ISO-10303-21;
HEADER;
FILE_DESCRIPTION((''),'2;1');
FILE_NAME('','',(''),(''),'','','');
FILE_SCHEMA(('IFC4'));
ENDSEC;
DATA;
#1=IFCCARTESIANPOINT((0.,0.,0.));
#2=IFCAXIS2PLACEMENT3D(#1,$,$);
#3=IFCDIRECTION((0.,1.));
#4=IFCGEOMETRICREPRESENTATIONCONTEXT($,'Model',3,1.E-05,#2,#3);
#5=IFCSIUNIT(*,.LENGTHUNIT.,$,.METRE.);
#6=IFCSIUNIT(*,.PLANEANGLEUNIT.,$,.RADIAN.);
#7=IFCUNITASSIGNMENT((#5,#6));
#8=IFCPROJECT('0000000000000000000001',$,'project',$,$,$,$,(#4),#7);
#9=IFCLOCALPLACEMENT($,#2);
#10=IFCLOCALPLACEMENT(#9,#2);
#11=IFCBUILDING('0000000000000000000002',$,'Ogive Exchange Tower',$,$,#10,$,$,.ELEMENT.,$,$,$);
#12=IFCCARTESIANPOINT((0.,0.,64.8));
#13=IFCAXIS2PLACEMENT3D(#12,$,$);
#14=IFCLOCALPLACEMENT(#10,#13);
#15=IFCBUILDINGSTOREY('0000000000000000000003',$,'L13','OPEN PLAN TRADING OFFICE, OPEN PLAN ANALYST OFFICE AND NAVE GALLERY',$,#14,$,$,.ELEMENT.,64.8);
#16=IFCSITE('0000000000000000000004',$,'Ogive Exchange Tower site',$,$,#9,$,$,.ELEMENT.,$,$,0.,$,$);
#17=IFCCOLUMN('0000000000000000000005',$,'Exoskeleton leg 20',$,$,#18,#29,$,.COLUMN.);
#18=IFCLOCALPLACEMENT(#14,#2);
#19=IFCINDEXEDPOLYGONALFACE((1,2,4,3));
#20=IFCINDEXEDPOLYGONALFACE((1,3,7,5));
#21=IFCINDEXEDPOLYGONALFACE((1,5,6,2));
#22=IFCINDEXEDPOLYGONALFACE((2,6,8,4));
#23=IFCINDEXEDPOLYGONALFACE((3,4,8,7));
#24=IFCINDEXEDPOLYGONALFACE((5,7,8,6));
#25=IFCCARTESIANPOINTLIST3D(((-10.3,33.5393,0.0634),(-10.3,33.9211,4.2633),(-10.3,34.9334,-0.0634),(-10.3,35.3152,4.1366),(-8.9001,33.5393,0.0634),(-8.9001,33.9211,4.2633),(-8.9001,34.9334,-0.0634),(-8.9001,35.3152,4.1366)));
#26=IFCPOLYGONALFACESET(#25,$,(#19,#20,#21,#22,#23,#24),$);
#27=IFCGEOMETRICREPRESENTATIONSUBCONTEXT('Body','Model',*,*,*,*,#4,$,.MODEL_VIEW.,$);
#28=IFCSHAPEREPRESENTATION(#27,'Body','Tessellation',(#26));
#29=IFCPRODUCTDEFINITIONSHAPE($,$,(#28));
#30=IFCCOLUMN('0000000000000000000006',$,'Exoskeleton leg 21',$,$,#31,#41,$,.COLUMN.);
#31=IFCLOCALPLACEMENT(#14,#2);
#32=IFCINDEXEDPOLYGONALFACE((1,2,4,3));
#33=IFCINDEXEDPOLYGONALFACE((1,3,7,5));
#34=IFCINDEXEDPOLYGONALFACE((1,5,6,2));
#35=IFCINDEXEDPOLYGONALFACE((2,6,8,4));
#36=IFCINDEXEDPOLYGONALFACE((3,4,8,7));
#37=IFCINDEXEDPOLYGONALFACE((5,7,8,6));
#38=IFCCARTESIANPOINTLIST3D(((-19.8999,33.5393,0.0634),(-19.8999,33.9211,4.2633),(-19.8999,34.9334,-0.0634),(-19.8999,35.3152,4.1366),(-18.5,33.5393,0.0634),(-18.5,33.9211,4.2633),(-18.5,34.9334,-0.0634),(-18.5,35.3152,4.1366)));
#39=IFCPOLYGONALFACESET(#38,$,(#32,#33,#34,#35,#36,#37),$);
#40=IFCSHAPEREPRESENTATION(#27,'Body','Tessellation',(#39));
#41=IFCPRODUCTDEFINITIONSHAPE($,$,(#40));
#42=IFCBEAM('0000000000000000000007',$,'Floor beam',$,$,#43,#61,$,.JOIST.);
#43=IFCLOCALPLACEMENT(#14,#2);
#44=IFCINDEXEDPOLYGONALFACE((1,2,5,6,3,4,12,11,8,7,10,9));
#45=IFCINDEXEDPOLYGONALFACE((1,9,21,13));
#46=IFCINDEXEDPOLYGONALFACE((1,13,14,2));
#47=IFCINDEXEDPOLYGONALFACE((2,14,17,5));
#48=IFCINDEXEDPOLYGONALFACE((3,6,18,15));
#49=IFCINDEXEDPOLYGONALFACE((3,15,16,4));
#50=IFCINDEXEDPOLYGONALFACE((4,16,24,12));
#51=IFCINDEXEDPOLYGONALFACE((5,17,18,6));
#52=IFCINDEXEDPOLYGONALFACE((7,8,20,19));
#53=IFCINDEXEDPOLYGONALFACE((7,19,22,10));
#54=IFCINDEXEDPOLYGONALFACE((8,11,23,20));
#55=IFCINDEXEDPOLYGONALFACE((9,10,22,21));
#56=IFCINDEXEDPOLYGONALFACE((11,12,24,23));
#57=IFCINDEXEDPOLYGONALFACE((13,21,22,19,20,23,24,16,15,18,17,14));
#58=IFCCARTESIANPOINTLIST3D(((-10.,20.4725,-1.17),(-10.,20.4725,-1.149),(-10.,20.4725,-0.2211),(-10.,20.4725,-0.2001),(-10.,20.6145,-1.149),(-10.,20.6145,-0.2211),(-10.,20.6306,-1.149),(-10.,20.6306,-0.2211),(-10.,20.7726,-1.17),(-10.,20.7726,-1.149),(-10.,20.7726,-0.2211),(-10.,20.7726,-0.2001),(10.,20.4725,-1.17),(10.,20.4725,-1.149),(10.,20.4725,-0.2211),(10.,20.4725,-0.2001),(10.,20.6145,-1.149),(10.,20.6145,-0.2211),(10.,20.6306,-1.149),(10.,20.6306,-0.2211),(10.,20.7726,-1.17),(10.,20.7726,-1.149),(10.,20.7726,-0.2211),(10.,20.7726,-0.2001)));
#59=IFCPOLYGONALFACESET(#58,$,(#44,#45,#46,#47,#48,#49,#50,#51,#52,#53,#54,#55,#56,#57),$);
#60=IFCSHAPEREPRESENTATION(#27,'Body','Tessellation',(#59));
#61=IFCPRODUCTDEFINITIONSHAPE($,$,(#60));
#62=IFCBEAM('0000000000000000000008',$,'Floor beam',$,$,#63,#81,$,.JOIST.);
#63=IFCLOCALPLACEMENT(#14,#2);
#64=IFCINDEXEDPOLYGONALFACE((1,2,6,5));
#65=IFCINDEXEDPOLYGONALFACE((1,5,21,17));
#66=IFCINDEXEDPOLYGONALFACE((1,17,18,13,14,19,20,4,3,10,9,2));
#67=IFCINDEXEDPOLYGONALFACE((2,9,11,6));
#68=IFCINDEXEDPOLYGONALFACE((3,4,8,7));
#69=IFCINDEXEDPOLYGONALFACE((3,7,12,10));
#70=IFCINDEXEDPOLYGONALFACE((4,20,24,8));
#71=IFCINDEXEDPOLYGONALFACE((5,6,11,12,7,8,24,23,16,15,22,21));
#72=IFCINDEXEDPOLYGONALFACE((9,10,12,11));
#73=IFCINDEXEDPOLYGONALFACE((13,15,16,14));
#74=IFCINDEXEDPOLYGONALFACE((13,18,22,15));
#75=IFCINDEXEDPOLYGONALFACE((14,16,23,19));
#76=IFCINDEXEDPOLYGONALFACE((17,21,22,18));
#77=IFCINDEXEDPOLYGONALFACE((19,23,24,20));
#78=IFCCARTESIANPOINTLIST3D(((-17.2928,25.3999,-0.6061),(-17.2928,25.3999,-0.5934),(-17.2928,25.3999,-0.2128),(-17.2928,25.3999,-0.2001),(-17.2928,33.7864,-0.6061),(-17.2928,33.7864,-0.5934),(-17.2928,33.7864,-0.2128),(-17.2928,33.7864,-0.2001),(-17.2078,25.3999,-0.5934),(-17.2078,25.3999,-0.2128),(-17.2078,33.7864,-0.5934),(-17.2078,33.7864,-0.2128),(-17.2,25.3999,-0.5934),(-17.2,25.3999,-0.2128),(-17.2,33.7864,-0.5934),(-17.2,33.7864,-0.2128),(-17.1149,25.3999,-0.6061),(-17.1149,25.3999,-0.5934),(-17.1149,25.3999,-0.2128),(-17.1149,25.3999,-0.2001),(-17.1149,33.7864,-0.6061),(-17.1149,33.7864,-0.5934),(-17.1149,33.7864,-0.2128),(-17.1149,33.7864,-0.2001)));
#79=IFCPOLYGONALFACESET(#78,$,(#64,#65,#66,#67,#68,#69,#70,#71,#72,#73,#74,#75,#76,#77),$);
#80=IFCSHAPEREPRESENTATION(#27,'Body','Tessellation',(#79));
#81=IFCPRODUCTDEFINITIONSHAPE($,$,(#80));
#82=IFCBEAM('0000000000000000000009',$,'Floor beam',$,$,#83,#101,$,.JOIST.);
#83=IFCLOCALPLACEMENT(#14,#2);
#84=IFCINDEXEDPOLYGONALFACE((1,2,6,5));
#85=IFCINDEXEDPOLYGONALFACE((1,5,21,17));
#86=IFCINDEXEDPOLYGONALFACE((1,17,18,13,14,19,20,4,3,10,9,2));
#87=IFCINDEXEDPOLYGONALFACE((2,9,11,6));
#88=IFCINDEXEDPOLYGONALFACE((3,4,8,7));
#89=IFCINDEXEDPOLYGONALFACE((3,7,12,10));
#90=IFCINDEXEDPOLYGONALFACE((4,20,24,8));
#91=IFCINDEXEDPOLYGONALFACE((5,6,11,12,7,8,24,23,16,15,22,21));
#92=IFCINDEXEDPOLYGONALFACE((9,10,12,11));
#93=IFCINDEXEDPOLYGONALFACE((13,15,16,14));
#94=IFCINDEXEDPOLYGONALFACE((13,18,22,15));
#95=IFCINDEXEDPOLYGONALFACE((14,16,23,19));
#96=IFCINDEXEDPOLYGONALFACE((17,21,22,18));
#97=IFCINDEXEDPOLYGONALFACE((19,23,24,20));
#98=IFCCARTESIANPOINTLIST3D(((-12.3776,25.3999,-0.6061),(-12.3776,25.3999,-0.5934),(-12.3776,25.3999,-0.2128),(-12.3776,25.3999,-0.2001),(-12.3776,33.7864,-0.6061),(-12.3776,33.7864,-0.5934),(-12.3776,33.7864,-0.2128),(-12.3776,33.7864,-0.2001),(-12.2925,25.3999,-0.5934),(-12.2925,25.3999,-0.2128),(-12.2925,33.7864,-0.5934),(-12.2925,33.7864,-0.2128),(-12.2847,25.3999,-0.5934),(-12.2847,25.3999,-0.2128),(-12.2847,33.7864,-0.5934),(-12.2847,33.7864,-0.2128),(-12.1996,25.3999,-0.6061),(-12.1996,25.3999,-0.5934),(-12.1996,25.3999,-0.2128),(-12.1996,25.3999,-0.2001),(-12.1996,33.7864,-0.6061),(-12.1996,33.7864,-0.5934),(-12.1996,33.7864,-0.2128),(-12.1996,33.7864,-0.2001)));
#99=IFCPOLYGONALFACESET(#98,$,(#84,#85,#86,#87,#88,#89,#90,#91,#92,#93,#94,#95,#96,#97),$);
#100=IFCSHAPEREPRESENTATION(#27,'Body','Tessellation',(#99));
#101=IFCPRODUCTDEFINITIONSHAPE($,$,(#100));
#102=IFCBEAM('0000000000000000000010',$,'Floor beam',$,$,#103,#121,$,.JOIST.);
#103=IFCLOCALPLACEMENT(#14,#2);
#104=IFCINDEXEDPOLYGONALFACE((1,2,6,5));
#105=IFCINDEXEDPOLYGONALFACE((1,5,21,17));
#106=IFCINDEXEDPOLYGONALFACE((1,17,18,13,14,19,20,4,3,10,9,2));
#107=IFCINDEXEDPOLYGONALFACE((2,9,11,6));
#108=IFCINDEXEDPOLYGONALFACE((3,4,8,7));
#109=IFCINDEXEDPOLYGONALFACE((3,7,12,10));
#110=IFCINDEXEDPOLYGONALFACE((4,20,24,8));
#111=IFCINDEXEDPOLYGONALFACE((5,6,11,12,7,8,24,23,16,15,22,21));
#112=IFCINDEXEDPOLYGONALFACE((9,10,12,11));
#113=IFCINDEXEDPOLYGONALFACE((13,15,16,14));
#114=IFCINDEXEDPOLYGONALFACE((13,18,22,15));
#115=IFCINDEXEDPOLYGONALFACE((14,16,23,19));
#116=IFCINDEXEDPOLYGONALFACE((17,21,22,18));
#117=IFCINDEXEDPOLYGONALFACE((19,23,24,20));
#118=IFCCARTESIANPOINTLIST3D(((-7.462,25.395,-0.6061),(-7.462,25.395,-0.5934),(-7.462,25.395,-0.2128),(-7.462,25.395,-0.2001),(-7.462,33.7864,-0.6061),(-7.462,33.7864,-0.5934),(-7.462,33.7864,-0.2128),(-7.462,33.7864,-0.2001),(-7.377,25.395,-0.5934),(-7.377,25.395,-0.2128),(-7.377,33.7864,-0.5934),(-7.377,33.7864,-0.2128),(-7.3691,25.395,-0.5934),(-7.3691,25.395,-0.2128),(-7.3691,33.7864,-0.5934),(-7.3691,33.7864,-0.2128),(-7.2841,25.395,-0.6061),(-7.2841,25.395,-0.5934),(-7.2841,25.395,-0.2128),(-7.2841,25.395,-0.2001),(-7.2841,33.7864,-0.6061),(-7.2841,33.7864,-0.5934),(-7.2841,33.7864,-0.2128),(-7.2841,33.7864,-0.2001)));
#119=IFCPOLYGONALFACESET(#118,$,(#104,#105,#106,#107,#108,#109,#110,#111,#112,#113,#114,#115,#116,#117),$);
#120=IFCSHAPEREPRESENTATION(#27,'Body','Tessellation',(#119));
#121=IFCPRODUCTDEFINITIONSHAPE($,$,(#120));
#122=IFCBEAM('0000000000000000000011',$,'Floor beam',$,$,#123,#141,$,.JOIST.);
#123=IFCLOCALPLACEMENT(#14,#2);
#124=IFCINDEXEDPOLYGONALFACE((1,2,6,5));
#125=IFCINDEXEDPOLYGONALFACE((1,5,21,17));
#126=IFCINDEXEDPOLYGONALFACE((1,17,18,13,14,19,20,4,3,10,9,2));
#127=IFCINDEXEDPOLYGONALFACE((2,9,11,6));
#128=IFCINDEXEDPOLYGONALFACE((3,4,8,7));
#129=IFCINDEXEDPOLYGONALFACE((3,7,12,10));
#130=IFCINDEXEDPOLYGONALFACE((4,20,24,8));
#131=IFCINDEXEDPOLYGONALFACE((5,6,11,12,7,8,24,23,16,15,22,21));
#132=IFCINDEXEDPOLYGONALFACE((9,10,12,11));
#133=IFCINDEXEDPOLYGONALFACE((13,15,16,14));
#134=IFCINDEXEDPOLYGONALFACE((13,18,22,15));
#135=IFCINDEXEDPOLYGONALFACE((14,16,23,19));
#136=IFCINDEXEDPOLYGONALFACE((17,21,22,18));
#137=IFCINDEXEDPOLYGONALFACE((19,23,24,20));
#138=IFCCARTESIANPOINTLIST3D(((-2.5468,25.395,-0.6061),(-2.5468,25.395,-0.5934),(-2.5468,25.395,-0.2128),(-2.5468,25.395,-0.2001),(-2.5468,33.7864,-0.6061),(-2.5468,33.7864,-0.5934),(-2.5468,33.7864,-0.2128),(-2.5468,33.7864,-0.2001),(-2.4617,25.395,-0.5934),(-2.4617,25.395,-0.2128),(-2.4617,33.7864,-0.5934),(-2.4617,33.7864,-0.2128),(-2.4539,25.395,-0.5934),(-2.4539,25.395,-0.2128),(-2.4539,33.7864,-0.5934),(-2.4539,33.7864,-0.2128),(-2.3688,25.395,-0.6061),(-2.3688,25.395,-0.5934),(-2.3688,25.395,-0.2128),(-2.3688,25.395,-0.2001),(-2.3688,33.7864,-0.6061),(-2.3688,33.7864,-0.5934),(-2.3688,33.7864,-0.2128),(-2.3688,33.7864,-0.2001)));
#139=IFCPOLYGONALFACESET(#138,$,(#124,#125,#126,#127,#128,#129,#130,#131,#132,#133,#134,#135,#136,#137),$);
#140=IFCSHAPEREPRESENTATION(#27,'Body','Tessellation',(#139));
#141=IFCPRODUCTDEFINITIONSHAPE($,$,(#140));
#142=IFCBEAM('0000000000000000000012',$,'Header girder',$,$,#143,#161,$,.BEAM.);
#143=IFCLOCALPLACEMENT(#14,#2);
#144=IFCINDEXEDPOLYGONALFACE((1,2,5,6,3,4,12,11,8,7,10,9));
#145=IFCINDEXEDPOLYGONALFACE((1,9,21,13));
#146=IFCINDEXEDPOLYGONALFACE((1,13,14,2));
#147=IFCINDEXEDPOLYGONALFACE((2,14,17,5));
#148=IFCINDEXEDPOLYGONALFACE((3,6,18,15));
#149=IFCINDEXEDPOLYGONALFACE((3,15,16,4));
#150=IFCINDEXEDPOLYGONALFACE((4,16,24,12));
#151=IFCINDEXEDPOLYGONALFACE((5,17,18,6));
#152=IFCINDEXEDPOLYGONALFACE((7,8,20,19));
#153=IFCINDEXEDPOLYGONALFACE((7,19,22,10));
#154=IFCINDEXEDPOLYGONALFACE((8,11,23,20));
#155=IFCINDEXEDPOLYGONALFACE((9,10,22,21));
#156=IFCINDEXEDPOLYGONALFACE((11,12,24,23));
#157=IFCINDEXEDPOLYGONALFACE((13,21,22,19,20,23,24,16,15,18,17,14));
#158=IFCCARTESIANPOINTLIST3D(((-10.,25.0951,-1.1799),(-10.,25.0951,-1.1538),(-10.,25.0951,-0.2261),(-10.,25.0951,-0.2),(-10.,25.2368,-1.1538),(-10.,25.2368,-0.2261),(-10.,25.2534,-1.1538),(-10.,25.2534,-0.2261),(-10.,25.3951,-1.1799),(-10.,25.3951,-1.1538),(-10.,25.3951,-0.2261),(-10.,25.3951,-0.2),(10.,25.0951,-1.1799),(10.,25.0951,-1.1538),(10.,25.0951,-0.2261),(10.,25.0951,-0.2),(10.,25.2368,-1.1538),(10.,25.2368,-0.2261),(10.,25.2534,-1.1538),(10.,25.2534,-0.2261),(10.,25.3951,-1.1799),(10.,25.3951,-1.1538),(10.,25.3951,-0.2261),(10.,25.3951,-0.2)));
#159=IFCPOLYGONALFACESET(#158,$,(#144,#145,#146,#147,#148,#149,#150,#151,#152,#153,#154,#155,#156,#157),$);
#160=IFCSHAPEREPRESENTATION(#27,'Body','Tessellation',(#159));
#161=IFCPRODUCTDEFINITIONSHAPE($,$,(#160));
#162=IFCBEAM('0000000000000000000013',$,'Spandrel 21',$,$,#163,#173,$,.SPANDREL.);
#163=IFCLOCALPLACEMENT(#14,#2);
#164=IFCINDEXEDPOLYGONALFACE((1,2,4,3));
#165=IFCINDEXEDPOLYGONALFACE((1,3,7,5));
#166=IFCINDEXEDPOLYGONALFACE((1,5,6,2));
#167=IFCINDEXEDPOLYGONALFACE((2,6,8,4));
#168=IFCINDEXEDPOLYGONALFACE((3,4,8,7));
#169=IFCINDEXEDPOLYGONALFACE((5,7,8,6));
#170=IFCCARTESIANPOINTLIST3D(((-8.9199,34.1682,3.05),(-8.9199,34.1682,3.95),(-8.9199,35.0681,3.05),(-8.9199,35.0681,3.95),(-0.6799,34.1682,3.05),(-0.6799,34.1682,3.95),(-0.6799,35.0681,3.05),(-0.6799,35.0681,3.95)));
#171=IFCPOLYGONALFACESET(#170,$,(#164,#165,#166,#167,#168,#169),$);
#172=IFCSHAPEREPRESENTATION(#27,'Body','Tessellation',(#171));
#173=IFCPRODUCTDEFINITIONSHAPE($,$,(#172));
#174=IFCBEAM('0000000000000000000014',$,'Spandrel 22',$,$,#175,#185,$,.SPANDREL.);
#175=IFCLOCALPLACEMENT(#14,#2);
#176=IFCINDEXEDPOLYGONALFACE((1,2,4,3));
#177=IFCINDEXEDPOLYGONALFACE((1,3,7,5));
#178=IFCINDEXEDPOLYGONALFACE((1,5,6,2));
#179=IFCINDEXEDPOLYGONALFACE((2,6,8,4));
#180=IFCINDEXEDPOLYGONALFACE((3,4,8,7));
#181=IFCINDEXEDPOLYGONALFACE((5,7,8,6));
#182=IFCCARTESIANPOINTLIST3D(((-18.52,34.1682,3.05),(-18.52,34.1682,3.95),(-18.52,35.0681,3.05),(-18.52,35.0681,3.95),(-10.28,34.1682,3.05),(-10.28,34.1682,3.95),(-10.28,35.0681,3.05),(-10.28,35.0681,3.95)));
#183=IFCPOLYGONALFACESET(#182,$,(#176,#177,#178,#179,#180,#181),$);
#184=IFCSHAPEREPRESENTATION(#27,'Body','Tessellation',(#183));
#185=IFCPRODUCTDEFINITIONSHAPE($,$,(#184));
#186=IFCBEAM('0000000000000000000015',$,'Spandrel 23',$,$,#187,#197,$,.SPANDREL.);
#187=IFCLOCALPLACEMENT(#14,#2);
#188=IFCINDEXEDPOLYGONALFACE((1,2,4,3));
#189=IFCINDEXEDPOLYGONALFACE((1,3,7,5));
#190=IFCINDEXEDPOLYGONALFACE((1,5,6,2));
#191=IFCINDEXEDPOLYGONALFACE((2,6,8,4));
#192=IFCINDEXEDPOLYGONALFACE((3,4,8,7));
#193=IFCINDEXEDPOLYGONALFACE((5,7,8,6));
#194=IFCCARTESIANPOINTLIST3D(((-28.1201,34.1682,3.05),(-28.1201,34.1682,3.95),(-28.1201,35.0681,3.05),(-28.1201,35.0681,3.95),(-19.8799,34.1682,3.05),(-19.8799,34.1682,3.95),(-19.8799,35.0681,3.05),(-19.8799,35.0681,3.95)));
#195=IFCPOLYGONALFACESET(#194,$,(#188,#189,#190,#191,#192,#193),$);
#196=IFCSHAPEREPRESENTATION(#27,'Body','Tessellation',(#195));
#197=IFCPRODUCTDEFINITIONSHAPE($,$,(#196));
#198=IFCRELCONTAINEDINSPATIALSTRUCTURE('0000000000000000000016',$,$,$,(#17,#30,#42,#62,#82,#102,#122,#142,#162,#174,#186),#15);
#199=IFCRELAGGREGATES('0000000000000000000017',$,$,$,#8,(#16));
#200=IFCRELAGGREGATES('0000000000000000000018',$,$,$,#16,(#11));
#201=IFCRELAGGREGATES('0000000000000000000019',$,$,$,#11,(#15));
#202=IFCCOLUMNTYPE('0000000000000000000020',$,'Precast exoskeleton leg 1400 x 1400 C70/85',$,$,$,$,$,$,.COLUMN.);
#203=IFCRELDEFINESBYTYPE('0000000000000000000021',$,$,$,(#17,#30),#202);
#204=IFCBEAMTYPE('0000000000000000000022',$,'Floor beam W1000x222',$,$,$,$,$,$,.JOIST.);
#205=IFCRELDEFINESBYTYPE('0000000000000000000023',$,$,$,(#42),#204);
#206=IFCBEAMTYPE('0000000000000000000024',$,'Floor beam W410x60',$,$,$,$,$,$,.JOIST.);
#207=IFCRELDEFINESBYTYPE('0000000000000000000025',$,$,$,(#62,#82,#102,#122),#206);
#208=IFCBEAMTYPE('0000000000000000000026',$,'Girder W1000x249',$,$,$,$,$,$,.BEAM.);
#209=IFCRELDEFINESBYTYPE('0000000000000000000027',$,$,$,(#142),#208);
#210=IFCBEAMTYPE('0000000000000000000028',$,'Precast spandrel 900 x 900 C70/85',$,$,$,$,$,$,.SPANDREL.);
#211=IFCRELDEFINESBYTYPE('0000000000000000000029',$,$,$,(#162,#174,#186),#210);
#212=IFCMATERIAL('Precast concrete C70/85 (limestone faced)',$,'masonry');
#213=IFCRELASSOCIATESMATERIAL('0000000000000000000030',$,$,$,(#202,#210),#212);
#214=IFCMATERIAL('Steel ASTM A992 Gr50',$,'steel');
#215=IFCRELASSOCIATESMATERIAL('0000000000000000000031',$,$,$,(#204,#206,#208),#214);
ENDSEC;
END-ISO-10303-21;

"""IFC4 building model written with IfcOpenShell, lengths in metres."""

from ifc_helpers import new_model, si_unit, direction, frame, origin, origin_2d, place, context, subcontext, project, spatial, rectangle, i_section, extrude, material, material_profile, profile_set, type_object, element, save


model = new_model("IFC4")

# Units and contexts
model_context = context("Model", 3, precision=1e-05, world=origin(), true_north=direction((0.0, 1.0)))
body_context = subcontext(model_context, "Body", "Model", "MODEL_VIEW")
ifc_project = project(units=[si_unit("LENGTHUNIT", "METRE"), si_unit("PLANEANGLEUNIT", "RADIAN")], contexts=[model_context])

# Site, building, storey
site_placement = place(None, origin())
site = spatial("IfcSite", under=ifc_project, at=site_placement, Name="Ogive Exchange Tower site", CompositionType="ELEMENT", RefElevation=0.0)
building_placement = place(site_placement, origin())
building = spatial("IfcBuilding", under=site, at=building_placement, Name="Ogive Exchange Tower", CompositionType="ELEMENT")
storey_placement = place(building_placement, frame((0.0, 0.0, 64.8)))
storey = spatial("IfcBuildingStorey", under=building, at=storey_placement, Name="L13", Description="OPEN PLAN TRADING OFFICE, OPEN PLAN ANALYST OFFICE AND NAVE GALLERY", CompositionType="ELEMENT", Elevation=64.8)

# Columns
ifc_material_1 = material(Name="Precast concrete C70/85 (limestone faced)", Category="masonry")
ifc_material_profile_1 = material_profile(ifc_material_1, rectangle(XDim=1.3999, YDim=1.3999, at=origin_2d()), Name="1400 x 1400")
ifc_profile_set_1 = profile_set([ifc_material_profile_1], Name="Precast concrete C70/85 (limestone faced)")
column_type = type_object("IfcColumnType", Name="Precast exoskeleton leg 1400 x 1400 C70/85", PredefinedType="COLUMN", material=ifc_profile_set_1)
for number, where, z_axis, x_axis, name in (
    (1, (-9.6001, 34.2363, 0.0), (0.0, 0.090541, 0.995893), (-1.0, 0.0, 0.0), "Exoskeleton leg 20"),
    (2, (-19.2, 34.2363, 0.0), (0.0, 0.090541, 0.995893), (-1.0, 0.0, 0.0), "Exoskeleton leg 21"),
):
    element("IfcColumn", number, at=place(storey_placement, frame(where, z_axis=z_axis, x_axis=x_axis)), inside=storey, type_object=column_type, Name=name, PredefinedType="COLUMN", context=body_context, shape_type="SweptSolid", body=[
        extrude(rectangle(XDim=1.3999, YDim=1.3999, at=origin_2d()), origin(), (0.0, 0.0, 1.0), 4.2173),
    ])

# Beams
ifc_material_2 = material(Name="Steel ASTM A992 Gr50", Category="steel")
ifc_material_profile_2 = material_profile(ifc_material_2, i_section(OverallWidth=0.3, OverallDepth=0.97, WebThickness=0.0161, FlangeThickness=0.021, at=origin_2d()), Name="W1000x222")
ifc_profile_set_2 = profile_set([ifc_material_profile_2], Name="Steel ASTM A992 Gr50")
beam_type_1 = type_object("IfcBeamType", Name="Floor beam W1000x222", PredefinedType="JOIST", material=ifc_profile_set_2)
beam_1_placement = place(storey_placement, frame((-10.0, 20.6226, -0.6851), z_axis=(1.0, 0.0, 0.0), x_axis=(0.0, 1.0, 0.0)))
element("IfcBeam", 3, at=beam_1_placement, inside=storey, type_object=beam_type_1, Name="Floor beam", PredefinedType="JOIST", context=body_context, shape_type="SweptSolid", body=[
    extrude(i_section(OverallWidth=0.3, OverallDepth=0.97, WebThickness=0.0161, FlangeThickness=0.021, at=origin_2d()), origin(), (0.0, 0.0, 1.0), 20.0),
])
ifc_material_profile_3 = material_profile(ifc_material_2, i_section(OverallWidth=0.178, OverallDepth=0.406, WebThickness=0.0078, FlangeThickness=0.0127, at=origin_2d()), Name="W410x60")
ifc_profile_set_3 = profile_set([ifc_material_profile_3], Name="Steel ASTM A992 Gr50")
beam_type_2 = type_object("IfcBeamType", Name="Floor beam W410x60", PredefinedType="JOIST", material=ifc_profile_set_3)
for number, where, z_axis, x_axis, name in (
    (4, (-17.2039, 25.3999, -0.4031), (0.0, 1.0, 0.0), (-1.0, 0.0, 0.0), "Floor beam"),
    (5, (-12.2886, 25.3999, -0.4031), (0.0, 1.0, 0.0), (-1.0, 0.0, 0.0), "Floor beam"),
):
    element("IfcBeam", number, at=place(storey_placement, frame(where, z_axis=z_axis, x_axis=x_axis)), inside=storey, type_object=beam_type_2, Name=name, PredefinedType="JOIST", context=body_context, shape_type="SweptSolid", body=[
        extrude(i_section(OverallWidth=0.178, OverallDepth=0.406, WebThickness=0.0078, FlangeThickness=0.0127, at=origin_2d()), origin(), (0.0, 0.0, 1.0), 8.3865),
    ])
for number, where, z_axis, x_axis, name in (
    (6, (-7.373, 25.395, -0.4031), (0.0, 1.0, 0.0), (-1.0, 0.0, 0.0), "Floor beam"),
    (7, (-2.4578, 25.395, -0.4031), (0.0, 1.0, 0.0), (-1.0, 0.0, 0.0), "Floor beam"),
):
    element("IfcBeam", number, at=place(storey_placement, frame(where, z_axis=z_axis, x_axis=x_axis)), inside=storey, type_object=beam_type_2, Name=name, PredefinedType="JOIST", context=body_context, shape_type="SweptSolid", body=[
        extrude(i_section(OverallWidth=0.178, OverallDepth=0.406, WebThickness=0.0078, FlangeThickness=0.0127, at=origin_2d()), origin(), (0.0, 0.0, 1.0), 8.3914),
    ])
ifc_material_profile_4 = material_profile(ifc_material_2, i_section(OverallWidth=0.3, OverallDepth=0.98, WebThickness=0.0166, FlangeThickness=0.0261, at=origin_2d()), Name="W1000x249")
ifc_profile_set_4 = profile_set([ifc_material_profile_4], Name="Steel ASTM A992 Gr50")
beam_type_3 = type_object("IfcBeamType", Name="Girder W1000x249", PredefinedType="BEAM", material=ifc_profile_set_4)
beam_2_placement = place(storey_placement, frame((-10.0, 25.2451, -0.6899), z_axis=(1.0, 0.0, 0.0), x_axis=(0.0, 1.0, 0.0)))
element("IfcBeam", 8, at=beam_2_placement, inside=storey, type_object=beam_type_3, Name="Header girder", PredefinedType="BEAM", context=body_context, shape_type="SweptSolid", body=[
    extrude(i_section(OverallWidth=0.3, OverallDepth=0.98, WebThickness=0.0166, FlangeThickness=0.0261, at=origin_2d()), origin(), (0.0, 0.0, 1.0), 20.0),
])
ifc_material_profile_5 = material_profile(ifc_material_1, rectangle(XDim=0.8999, YDim=0.8999, at=origin_2d()), Name="900 x 900")
ifc_profile_set_5 = profile_set([ifc_material_profile_5], Name="Precast concrete C70/85 (limestone faced)")
beam_type_4 = type_object("IfcBeamType", Name="Precast spandrel 900 x 900 C70/85", PredefinedType="SPANDREL", material=ifc_profile_set_5)
for number, where, z_axis, x_axis, name in (
    (9, (-0.6799, 34.6182, 3.5), (-1.0, 0.0, 0.0), (0.0, -1.0, 0.0), "Spandrel 21"),
    (10, (-10.28, 34.6182, 3.5), (-1.0, 0.0, 0.0), (0.0, -1.0, 0.0), "Spandrel 22"),
):
    element("IfcBeam", number, at=place(storey_placement, frame(where, z_axis=z_axis, x_axis=x_axis)), inside=storey, type_object=beam_type_4, Name=name, PredefinedType="SPANDREL", context=body_context, shape_type="SweptSolid", body=[
        extrude(rectangle(XDim=0.8999, YDim=0.8999, at=origin_2d()), origin(), (0.0, 0.0, 1.0), 8.24),
    ])
beam_3_placement = place(storey_placement, frame((-19.8799, 34.6182, 3.5), z_axis=(-1.0, 0.0, 0.0), x_axis=(0.0, -1.0, 0.0)))
element("IfcBeam", 11, at=beam_3_placement, inside=storey, type_object=beam_type_4, Name="Spandrel 23", PredefinedType="SPANDREL", context=body_context, shape_type="SweptSolid", body=[
    extrude(rectangle(XDim=0.8999, YDim=0.8999, at=origin_2d()), origin(), (0.0, 0.0, 1.0), 8.2402),
])

save(model, "model.ifc")
